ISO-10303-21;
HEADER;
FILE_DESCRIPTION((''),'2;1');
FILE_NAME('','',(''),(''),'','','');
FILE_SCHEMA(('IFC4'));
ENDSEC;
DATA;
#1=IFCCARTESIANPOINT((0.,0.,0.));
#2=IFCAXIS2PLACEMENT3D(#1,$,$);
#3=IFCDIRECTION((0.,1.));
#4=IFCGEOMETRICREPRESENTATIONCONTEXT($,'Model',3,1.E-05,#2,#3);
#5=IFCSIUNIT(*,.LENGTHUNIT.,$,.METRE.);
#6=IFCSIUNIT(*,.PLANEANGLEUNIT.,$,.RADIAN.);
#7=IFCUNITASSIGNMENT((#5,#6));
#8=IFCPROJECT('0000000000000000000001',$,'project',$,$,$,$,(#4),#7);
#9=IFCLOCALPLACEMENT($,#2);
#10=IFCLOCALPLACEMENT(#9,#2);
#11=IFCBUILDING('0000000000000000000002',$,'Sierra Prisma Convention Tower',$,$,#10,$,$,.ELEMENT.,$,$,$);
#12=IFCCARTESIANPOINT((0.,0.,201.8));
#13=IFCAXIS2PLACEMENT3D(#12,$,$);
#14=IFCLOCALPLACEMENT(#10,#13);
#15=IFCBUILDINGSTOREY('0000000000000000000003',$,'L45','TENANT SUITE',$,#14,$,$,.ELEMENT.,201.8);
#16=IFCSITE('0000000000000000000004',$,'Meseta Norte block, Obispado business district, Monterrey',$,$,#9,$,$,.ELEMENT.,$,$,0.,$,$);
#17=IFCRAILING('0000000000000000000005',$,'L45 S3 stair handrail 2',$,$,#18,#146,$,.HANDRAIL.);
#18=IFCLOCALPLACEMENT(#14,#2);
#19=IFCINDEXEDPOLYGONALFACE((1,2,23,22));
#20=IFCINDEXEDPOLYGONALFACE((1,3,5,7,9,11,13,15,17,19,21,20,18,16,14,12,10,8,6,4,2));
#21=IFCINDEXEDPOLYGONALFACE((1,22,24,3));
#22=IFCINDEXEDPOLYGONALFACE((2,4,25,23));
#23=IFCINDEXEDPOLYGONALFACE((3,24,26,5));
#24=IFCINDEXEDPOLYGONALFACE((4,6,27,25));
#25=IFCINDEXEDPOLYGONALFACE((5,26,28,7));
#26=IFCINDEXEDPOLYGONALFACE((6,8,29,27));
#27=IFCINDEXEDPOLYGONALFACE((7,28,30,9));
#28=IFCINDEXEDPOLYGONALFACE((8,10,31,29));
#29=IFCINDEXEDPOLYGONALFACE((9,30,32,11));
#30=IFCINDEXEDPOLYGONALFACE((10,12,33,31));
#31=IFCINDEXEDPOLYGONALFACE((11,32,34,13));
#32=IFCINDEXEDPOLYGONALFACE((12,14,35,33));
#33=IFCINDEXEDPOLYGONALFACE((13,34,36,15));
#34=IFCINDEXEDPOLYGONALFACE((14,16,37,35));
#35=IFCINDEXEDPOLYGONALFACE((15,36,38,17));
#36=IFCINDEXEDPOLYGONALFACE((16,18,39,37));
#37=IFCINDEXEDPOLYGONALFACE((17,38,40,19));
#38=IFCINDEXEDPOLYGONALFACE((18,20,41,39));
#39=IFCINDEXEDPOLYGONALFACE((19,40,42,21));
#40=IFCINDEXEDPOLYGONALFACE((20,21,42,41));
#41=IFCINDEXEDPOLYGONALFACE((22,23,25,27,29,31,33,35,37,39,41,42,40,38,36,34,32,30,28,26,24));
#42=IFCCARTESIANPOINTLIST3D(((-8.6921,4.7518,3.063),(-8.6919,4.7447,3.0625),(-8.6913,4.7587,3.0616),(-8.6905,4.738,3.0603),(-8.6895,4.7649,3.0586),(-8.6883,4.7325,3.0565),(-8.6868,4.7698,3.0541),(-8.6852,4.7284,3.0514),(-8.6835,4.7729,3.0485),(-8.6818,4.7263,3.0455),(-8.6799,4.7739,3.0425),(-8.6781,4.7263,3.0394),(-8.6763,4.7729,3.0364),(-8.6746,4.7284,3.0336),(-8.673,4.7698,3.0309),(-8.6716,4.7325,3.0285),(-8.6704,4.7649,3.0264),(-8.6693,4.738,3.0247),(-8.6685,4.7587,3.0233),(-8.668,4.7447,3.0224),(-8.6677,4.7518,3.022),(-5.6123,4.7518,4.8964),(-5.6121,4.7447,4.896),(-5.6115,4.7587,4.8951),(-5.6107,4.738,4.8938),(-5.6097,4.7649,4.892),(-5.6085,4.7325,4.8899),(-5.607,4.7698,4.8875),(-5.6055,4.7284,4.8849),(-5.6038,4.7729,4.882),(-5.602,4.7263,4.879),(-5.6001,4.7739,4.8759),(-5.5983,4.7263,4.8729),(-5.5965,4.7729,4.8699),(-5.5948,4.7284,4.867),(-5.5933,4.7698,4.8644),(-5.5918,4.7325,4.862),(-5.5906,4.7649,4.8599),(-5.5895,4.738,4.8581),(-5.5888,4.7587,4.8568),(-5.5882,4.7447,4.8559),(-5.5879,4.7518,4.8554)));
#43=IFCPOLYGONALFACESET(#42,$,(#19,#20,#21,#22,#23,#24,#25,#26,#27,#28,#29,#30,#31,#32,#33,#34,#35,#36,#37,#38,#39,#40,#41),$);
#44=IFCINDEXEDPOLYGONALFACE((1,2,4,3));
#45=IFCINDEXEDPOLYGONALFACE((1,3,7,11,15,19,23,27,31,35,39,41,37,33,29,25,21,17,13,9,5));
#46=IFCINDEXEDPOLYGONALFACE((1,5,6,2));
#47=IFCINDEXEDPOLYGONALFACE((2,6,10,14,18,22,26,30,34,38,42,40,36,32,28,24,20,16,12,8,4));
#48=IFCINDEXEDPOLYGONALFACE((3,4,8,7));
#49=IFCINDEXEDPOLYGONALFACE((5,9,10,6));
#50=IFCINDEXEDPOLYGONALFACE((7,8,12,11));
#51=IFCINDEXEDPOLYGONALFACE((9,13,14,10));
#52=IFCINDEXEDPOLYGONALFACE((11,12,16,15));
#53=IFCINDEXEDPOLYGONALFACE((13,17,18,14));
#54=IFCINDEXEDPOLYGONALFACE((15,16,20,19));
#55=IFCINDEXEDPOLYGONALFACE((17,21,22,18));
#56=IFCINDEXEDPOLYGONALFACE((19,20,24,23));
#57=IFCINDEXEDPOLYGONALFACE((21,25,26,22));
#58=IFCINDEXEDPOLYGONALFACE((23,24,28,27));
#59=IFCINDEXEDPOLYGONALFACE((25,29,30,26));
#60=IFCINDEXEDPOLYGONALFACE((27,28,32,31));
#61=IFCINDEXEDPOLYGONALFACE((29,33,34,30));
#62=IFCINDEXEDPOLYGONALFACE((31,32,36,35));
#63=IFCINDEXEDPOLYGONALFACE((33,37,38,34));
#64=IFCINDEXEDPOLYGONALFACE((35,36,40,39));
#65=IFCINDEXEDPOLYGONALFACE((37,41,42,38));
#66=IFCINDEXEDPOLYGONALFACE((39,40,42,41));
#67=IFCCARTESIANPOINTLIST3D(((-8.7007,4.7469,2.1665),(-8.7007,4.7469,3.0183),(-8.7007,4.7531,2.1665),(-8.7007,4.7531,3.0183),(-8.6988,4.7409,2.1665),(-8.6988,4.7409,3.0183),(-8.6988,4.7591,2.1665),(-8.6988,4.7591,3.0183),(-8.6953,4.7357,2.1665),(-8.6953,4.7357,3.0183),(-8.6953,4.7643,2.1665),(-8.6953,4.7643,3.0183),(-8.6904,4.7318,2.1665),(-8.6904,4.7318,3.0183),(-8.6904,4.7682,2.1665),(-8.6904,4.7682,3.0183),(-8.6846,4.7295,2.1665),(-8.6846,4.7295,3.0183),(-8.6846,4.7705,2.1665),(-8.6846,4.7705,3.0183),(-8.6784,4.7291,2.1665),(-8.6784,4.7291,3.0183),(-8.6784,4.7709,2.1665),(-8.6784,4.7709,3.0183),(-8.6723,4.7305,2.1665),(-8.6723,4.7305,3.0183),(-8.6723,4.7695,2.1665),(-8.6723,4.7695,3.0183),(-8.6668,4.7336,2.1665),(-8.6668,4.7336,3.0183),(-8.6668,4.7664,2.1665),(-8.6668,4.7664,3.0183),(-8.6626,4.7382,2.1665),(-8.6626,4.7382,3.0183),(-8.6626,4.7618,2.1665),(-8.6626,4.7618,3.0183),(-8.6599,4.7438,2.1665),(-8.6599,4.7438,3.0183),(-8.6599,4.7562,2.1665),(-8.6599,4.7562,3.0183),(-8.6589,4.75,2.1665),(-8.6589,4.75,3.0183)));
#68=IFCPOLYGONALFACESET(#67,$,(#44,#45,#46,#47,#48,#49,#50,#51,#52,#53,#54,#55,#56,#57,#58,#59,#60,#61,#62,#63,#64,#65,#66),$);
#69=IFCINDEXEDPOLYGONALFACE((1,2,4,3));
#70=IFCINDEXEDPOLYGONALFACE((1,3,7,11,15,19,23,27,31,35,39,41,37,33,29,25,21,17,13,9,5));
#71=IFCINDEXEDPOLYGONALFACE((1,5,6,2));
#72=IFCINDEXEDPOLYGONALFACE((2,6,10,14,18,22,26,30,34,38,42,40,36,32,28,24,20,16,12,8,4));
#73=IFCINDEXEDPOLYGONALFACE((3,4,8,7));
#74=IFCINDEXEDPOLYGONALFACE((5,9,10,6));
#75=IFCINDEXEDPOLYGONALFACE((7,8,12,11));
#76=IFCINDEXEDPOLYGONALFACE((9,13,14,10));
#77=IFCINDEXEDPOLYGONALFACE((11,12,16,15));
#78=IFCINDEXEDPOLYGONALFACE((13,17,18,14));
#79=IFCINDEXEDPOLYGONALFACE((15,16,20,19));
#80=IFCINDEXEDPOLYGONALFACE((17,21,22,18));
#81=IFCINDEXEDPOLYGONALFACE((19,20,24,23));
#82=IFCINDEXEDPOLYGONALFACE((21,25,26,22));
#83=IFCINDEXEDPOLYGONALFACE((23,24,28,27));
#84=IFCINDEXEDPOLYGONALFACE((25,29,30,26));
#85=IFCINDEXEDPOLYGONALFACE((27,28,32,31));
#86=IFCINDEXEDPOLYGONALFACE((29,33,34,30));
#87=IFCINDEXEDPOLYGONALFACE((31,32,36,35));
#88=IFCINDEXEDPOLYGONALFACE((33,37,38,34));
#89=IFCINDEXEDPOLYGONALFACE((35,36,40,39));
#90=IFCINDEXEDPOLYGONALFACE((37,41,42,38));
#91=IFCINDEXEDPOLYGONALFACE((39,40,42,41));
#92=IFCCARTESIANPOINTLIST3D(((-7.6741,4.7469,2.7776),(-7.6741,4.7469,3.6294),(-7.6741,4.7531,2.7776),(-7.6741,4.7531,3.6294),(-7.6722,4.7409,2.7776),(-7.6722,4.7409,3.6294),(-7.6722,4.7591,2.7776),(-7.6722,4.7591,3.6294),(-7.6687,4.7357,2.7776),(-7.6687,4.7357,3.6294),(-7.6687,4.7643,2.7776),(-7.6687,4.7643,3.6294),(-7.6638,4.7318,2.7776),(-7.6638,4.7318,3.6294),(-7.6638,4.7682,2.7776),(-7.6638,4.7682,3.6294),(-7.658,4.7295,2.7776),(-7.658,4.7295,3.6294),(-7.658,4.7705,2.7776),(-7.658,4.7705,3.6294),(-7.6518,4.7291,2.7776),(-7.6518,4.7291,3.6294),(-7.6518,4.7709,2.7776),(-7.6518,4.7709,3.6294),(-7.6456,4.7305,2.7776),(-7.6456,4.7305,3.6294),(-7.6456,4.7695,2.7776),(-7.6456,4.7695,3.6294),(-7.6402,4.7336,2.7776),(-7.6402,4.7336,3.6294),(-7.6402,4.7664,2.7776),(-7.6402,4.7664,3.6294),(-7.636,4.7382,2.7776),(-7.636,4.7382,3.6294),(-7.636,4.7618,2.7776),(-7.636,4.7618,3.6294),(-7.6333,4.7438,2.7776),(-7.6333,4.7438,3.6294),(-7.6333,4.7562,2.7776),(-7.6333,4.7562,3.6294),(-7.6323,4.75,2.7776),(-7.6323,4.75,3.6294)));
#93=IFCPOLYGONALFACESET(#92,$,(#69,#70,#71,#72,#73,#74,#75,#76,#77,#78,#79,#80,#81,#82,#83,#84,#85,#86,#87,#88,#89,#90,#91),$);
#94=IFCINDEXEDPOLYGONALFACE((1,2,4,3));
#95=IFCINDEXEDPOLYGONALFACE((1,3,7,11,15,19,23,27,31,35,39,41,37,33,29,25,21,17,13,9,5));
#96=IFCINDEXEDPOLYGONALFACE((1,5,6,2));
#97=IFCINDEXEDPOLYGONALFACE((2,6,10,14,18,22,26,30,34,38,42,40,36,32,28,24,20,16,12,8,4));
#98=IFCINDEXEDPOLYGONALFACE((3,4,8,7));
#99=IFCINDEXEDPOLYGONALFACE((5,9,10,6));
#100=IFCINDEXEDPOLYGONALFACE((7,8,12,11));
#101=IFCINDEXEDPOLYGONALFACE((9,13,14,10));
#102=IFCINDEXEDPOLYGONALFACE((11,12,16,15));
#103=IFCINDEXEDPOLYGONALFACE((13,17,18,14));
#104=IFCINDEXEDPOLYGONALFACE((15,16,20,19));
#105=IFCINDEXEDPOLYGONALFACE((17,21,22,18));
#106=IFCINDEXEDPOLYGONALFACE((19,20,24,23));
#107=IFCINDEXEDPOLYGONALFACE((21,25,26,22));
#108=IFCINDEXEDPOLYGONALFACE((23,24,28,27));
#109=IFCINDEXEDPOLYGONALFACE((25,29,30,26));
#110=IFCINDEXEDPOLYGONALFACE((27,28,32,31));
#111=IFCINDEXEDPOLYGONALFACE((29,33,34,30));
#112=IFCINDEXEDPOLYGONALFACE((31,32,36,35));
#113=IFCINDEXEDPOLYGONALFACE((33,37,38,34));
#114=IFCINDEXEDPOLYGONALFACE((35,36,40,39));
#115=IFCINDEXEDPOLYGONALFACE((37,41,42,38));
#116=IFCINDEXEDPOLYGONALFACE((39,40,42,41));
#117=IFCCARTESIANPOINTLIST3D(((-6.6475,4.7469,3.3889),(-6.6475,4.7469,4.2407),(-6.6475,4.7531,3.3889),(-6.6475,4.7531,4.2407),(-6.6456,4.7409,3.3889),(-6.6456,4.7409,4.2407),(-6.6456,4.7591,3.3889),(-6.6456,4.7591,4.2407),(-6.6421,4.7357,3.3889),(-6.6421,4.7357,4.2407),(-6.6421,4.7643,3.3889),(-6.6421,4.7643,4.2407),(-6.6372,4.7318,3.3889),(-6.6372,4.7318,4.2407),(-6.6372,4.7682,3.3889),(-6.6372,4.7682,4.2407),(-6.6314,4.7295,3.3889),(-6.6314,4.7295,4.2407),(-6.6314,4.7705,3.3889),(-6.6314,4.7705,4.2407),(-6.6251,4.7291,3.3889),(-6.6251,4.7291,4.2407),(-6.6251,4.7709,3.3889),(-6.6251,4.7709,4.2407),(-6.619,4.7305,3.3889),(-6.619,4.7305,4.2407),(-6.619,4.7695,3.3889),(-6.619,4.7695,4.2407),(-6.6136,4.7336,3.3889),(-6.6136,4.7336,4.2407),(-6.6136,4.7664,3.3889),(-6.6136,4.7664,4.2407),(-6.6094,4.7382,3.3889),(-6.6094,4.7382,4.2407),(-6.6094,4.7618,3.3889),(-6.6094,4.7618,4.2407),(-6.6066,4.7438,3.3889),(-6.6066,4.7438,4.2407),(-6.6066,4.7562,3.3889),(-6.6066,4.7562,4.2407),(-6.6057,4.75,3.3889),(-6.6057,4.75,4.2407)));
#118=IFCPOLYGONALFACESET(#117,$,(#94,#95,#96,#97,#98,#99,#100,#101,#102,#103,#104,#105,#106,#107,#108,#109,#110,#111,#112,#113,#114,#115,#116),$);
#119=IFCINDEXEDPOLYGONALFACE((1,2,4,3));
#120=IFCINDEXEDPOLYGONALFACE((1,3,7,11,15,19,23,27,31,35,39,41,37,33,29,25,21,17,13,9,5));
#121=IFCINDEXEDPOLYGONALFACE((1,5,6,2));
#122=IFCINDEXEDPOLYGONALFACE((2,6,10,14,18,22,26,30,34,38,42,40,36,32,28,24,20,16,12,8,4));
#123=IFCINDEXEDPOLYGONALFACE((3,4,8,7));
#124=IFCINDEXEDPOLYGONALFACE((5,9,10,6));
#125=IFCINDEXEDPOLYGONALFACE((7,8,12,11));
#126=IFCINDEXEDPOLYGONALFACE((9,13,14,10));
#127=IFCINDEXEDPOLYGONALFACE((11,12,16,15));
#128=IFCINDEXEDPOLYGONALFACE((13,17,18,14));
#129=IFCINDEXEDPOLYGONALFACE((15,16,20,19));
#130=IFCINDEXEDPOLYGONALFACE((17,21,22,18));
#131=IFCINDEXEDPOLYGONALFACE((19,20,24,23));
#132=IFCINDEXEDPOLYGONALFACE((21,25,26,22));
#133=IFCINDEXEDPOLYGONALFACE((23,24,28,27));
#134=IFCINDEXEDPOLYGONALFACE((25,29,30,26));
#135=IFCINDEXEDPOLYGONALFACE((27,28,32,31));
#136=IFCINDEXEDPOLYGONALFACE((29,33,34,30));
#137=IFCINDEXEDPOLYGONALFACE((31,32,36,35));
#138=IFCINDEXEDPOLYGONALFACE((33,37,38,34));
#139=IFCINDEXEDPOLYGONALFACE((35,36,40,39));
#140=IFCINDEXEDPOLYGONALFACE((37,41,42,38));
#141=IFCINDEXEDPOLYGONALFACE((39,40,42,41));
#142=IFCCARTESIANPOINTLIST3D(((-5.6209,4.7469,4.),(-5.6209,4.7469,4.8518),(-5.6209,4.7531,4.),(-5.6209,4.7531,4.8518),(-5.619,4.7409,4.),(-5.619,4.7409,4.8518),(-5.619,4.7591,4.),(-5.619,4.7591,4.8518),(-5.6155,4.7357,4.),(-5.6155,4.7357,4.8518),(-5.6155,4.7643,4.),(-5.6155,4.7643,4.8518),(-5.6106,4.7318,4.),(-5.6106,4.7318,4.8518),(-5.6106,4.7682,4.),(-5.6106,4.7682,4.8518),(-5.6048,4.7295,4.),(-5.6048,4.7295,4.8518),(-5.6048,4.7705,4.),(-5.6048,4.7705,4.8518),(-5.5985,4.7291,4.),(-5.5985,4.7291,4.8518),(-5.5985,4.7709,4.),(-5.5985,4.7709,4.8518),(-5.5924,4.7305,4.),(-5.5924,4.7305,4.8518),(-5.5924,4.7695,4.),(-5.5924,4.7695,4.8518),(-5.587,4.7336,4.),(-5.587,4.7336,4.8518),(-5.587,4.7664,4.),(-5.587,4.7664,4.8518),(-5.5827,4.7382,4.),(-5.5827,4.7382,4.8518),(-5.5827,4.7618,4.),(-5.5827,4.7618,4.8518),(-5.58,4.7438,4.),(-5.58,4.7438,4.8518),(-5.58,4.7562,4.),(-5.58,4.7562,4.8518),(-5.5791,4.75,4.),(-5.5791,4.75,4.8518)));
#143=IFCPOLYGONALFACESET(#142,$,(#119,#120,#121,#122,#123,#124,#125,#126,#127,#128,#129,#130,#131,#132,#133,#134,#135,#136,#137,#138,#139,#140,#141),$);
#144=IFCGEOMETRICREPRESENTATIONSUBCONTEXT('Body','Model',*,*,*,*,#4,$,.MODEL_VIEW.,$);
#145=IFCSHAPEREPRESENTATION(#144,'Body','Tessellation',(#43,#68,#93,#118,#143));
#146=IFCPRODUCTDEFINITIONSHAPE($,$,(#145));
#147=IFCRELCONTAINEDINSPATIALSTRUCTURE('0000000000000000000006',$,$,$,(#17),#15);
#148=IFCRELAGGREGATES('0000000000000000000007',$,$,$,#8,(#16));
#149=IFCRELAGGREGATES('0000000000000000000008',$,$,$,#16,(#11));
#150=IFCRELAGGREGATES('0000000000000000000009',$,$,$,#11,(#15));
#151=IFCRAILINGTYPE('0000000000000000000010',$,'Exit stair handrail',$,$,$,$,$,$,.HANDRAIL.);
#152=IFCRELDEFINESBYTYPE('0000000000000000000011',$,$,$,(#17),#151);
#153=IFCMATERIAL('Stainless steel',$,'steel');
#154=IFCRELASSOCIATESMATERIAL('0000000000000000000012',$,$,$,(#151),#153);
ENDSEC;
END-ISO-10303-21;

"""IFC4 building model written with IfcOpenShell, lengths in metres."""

from ifc_helpers import new_model, si_unit, direction, frame, origin, origin_2d, place, context, subcontext, project, spatial, circle, extrude, material, type_object, element, save


model = new_model("IFC4")

# Units and contexts
model_context = context("Model", 3, precision=1e-05, world=origin(), true_north=direction((0.0, 1.0)))
body_context = subcontext(model_context, "Body", "Model", "MODEL_VIEW")
ifc_project = project(units=[si_unit("LENGTHUNIT", "METRE"), si_unit("PLANEANGLEUNIT", "RADIAN")], contexts=[model_context])

# Site, building, storey
site_placement = place(None, origin())
site = spatial("IfcSite", under=ifc_project, at=site_placement, Name="Meseta Norte block, Obispado business district, Monterrey", CompositionType="ELEMENT", RefElevation=0.0)
building_placement = place(site_placement, origin())
building = spatial("IfcBuilding", under=site, at=building_placement, Name="Sierra Prisma Convention Tower", CompositionType="ELEMENT")
storey_placement = place(building_placement, frame((0.0, 0.0, 201.8)))
storey = spatial("IfcBuildingStorey", under=building, at=storey_placement, Name="L45", Description="TENANT SUITE", CompositionType="ELEMENT", Elevation=201.8)

# Railing
ifc_material_1 = material(Name="Stainless steel", Category="steel")
railing_type_1 = type_object("IfcRailingType", Name="Exit stair handrail", PredefinedType="HANDRAIL", material=ifc_material_1)
railing_1_placement = place(storey_placement, frame((-8.6799, 4.75, 2.1665)))
element("IfcRailing", 1, at=railing_1_placement, inside=storey, type_object=railing_type_1, Name="L45 S3 stair handrail 2", PredefinedType="HANDRAIL", context=body_context, shape_type="SweptSolid", body=[
    extrude(circle(Radius=0.0239, at=origin_2d()), frame((0.0, 0.0, 0.876), z_axis=(0.859261, 0.0, 0.511538), x_axis=(0.0, 1.0, 0.0)), (0.0, 0.0, 1.0), 3.5842),
    extrude(circle(Radius=0.021, at=origin_2d()), origin(), (0.0, 0.0, 1.0), 0.8518),
    extrude(circle(Radius=0.021, at=origin_2d()), frame((1.0266, 0.0, 0.6111)), (0.0, 0.0, 1.0), 0.8518),
    extrude(circle(Radius=0.021, at=origin_2d()), frame((2.0532, 0.0, 1.2224)), (0.0, 0.0, 1.0), 0.8518),
    extrude(circle(Radius=0.021, at=origin_2d()), frame((3.0798, 0.0, 1.8335)), (0.0, 0.0, 1.0), 0.8518),
])

save(model, "model.ifc")
